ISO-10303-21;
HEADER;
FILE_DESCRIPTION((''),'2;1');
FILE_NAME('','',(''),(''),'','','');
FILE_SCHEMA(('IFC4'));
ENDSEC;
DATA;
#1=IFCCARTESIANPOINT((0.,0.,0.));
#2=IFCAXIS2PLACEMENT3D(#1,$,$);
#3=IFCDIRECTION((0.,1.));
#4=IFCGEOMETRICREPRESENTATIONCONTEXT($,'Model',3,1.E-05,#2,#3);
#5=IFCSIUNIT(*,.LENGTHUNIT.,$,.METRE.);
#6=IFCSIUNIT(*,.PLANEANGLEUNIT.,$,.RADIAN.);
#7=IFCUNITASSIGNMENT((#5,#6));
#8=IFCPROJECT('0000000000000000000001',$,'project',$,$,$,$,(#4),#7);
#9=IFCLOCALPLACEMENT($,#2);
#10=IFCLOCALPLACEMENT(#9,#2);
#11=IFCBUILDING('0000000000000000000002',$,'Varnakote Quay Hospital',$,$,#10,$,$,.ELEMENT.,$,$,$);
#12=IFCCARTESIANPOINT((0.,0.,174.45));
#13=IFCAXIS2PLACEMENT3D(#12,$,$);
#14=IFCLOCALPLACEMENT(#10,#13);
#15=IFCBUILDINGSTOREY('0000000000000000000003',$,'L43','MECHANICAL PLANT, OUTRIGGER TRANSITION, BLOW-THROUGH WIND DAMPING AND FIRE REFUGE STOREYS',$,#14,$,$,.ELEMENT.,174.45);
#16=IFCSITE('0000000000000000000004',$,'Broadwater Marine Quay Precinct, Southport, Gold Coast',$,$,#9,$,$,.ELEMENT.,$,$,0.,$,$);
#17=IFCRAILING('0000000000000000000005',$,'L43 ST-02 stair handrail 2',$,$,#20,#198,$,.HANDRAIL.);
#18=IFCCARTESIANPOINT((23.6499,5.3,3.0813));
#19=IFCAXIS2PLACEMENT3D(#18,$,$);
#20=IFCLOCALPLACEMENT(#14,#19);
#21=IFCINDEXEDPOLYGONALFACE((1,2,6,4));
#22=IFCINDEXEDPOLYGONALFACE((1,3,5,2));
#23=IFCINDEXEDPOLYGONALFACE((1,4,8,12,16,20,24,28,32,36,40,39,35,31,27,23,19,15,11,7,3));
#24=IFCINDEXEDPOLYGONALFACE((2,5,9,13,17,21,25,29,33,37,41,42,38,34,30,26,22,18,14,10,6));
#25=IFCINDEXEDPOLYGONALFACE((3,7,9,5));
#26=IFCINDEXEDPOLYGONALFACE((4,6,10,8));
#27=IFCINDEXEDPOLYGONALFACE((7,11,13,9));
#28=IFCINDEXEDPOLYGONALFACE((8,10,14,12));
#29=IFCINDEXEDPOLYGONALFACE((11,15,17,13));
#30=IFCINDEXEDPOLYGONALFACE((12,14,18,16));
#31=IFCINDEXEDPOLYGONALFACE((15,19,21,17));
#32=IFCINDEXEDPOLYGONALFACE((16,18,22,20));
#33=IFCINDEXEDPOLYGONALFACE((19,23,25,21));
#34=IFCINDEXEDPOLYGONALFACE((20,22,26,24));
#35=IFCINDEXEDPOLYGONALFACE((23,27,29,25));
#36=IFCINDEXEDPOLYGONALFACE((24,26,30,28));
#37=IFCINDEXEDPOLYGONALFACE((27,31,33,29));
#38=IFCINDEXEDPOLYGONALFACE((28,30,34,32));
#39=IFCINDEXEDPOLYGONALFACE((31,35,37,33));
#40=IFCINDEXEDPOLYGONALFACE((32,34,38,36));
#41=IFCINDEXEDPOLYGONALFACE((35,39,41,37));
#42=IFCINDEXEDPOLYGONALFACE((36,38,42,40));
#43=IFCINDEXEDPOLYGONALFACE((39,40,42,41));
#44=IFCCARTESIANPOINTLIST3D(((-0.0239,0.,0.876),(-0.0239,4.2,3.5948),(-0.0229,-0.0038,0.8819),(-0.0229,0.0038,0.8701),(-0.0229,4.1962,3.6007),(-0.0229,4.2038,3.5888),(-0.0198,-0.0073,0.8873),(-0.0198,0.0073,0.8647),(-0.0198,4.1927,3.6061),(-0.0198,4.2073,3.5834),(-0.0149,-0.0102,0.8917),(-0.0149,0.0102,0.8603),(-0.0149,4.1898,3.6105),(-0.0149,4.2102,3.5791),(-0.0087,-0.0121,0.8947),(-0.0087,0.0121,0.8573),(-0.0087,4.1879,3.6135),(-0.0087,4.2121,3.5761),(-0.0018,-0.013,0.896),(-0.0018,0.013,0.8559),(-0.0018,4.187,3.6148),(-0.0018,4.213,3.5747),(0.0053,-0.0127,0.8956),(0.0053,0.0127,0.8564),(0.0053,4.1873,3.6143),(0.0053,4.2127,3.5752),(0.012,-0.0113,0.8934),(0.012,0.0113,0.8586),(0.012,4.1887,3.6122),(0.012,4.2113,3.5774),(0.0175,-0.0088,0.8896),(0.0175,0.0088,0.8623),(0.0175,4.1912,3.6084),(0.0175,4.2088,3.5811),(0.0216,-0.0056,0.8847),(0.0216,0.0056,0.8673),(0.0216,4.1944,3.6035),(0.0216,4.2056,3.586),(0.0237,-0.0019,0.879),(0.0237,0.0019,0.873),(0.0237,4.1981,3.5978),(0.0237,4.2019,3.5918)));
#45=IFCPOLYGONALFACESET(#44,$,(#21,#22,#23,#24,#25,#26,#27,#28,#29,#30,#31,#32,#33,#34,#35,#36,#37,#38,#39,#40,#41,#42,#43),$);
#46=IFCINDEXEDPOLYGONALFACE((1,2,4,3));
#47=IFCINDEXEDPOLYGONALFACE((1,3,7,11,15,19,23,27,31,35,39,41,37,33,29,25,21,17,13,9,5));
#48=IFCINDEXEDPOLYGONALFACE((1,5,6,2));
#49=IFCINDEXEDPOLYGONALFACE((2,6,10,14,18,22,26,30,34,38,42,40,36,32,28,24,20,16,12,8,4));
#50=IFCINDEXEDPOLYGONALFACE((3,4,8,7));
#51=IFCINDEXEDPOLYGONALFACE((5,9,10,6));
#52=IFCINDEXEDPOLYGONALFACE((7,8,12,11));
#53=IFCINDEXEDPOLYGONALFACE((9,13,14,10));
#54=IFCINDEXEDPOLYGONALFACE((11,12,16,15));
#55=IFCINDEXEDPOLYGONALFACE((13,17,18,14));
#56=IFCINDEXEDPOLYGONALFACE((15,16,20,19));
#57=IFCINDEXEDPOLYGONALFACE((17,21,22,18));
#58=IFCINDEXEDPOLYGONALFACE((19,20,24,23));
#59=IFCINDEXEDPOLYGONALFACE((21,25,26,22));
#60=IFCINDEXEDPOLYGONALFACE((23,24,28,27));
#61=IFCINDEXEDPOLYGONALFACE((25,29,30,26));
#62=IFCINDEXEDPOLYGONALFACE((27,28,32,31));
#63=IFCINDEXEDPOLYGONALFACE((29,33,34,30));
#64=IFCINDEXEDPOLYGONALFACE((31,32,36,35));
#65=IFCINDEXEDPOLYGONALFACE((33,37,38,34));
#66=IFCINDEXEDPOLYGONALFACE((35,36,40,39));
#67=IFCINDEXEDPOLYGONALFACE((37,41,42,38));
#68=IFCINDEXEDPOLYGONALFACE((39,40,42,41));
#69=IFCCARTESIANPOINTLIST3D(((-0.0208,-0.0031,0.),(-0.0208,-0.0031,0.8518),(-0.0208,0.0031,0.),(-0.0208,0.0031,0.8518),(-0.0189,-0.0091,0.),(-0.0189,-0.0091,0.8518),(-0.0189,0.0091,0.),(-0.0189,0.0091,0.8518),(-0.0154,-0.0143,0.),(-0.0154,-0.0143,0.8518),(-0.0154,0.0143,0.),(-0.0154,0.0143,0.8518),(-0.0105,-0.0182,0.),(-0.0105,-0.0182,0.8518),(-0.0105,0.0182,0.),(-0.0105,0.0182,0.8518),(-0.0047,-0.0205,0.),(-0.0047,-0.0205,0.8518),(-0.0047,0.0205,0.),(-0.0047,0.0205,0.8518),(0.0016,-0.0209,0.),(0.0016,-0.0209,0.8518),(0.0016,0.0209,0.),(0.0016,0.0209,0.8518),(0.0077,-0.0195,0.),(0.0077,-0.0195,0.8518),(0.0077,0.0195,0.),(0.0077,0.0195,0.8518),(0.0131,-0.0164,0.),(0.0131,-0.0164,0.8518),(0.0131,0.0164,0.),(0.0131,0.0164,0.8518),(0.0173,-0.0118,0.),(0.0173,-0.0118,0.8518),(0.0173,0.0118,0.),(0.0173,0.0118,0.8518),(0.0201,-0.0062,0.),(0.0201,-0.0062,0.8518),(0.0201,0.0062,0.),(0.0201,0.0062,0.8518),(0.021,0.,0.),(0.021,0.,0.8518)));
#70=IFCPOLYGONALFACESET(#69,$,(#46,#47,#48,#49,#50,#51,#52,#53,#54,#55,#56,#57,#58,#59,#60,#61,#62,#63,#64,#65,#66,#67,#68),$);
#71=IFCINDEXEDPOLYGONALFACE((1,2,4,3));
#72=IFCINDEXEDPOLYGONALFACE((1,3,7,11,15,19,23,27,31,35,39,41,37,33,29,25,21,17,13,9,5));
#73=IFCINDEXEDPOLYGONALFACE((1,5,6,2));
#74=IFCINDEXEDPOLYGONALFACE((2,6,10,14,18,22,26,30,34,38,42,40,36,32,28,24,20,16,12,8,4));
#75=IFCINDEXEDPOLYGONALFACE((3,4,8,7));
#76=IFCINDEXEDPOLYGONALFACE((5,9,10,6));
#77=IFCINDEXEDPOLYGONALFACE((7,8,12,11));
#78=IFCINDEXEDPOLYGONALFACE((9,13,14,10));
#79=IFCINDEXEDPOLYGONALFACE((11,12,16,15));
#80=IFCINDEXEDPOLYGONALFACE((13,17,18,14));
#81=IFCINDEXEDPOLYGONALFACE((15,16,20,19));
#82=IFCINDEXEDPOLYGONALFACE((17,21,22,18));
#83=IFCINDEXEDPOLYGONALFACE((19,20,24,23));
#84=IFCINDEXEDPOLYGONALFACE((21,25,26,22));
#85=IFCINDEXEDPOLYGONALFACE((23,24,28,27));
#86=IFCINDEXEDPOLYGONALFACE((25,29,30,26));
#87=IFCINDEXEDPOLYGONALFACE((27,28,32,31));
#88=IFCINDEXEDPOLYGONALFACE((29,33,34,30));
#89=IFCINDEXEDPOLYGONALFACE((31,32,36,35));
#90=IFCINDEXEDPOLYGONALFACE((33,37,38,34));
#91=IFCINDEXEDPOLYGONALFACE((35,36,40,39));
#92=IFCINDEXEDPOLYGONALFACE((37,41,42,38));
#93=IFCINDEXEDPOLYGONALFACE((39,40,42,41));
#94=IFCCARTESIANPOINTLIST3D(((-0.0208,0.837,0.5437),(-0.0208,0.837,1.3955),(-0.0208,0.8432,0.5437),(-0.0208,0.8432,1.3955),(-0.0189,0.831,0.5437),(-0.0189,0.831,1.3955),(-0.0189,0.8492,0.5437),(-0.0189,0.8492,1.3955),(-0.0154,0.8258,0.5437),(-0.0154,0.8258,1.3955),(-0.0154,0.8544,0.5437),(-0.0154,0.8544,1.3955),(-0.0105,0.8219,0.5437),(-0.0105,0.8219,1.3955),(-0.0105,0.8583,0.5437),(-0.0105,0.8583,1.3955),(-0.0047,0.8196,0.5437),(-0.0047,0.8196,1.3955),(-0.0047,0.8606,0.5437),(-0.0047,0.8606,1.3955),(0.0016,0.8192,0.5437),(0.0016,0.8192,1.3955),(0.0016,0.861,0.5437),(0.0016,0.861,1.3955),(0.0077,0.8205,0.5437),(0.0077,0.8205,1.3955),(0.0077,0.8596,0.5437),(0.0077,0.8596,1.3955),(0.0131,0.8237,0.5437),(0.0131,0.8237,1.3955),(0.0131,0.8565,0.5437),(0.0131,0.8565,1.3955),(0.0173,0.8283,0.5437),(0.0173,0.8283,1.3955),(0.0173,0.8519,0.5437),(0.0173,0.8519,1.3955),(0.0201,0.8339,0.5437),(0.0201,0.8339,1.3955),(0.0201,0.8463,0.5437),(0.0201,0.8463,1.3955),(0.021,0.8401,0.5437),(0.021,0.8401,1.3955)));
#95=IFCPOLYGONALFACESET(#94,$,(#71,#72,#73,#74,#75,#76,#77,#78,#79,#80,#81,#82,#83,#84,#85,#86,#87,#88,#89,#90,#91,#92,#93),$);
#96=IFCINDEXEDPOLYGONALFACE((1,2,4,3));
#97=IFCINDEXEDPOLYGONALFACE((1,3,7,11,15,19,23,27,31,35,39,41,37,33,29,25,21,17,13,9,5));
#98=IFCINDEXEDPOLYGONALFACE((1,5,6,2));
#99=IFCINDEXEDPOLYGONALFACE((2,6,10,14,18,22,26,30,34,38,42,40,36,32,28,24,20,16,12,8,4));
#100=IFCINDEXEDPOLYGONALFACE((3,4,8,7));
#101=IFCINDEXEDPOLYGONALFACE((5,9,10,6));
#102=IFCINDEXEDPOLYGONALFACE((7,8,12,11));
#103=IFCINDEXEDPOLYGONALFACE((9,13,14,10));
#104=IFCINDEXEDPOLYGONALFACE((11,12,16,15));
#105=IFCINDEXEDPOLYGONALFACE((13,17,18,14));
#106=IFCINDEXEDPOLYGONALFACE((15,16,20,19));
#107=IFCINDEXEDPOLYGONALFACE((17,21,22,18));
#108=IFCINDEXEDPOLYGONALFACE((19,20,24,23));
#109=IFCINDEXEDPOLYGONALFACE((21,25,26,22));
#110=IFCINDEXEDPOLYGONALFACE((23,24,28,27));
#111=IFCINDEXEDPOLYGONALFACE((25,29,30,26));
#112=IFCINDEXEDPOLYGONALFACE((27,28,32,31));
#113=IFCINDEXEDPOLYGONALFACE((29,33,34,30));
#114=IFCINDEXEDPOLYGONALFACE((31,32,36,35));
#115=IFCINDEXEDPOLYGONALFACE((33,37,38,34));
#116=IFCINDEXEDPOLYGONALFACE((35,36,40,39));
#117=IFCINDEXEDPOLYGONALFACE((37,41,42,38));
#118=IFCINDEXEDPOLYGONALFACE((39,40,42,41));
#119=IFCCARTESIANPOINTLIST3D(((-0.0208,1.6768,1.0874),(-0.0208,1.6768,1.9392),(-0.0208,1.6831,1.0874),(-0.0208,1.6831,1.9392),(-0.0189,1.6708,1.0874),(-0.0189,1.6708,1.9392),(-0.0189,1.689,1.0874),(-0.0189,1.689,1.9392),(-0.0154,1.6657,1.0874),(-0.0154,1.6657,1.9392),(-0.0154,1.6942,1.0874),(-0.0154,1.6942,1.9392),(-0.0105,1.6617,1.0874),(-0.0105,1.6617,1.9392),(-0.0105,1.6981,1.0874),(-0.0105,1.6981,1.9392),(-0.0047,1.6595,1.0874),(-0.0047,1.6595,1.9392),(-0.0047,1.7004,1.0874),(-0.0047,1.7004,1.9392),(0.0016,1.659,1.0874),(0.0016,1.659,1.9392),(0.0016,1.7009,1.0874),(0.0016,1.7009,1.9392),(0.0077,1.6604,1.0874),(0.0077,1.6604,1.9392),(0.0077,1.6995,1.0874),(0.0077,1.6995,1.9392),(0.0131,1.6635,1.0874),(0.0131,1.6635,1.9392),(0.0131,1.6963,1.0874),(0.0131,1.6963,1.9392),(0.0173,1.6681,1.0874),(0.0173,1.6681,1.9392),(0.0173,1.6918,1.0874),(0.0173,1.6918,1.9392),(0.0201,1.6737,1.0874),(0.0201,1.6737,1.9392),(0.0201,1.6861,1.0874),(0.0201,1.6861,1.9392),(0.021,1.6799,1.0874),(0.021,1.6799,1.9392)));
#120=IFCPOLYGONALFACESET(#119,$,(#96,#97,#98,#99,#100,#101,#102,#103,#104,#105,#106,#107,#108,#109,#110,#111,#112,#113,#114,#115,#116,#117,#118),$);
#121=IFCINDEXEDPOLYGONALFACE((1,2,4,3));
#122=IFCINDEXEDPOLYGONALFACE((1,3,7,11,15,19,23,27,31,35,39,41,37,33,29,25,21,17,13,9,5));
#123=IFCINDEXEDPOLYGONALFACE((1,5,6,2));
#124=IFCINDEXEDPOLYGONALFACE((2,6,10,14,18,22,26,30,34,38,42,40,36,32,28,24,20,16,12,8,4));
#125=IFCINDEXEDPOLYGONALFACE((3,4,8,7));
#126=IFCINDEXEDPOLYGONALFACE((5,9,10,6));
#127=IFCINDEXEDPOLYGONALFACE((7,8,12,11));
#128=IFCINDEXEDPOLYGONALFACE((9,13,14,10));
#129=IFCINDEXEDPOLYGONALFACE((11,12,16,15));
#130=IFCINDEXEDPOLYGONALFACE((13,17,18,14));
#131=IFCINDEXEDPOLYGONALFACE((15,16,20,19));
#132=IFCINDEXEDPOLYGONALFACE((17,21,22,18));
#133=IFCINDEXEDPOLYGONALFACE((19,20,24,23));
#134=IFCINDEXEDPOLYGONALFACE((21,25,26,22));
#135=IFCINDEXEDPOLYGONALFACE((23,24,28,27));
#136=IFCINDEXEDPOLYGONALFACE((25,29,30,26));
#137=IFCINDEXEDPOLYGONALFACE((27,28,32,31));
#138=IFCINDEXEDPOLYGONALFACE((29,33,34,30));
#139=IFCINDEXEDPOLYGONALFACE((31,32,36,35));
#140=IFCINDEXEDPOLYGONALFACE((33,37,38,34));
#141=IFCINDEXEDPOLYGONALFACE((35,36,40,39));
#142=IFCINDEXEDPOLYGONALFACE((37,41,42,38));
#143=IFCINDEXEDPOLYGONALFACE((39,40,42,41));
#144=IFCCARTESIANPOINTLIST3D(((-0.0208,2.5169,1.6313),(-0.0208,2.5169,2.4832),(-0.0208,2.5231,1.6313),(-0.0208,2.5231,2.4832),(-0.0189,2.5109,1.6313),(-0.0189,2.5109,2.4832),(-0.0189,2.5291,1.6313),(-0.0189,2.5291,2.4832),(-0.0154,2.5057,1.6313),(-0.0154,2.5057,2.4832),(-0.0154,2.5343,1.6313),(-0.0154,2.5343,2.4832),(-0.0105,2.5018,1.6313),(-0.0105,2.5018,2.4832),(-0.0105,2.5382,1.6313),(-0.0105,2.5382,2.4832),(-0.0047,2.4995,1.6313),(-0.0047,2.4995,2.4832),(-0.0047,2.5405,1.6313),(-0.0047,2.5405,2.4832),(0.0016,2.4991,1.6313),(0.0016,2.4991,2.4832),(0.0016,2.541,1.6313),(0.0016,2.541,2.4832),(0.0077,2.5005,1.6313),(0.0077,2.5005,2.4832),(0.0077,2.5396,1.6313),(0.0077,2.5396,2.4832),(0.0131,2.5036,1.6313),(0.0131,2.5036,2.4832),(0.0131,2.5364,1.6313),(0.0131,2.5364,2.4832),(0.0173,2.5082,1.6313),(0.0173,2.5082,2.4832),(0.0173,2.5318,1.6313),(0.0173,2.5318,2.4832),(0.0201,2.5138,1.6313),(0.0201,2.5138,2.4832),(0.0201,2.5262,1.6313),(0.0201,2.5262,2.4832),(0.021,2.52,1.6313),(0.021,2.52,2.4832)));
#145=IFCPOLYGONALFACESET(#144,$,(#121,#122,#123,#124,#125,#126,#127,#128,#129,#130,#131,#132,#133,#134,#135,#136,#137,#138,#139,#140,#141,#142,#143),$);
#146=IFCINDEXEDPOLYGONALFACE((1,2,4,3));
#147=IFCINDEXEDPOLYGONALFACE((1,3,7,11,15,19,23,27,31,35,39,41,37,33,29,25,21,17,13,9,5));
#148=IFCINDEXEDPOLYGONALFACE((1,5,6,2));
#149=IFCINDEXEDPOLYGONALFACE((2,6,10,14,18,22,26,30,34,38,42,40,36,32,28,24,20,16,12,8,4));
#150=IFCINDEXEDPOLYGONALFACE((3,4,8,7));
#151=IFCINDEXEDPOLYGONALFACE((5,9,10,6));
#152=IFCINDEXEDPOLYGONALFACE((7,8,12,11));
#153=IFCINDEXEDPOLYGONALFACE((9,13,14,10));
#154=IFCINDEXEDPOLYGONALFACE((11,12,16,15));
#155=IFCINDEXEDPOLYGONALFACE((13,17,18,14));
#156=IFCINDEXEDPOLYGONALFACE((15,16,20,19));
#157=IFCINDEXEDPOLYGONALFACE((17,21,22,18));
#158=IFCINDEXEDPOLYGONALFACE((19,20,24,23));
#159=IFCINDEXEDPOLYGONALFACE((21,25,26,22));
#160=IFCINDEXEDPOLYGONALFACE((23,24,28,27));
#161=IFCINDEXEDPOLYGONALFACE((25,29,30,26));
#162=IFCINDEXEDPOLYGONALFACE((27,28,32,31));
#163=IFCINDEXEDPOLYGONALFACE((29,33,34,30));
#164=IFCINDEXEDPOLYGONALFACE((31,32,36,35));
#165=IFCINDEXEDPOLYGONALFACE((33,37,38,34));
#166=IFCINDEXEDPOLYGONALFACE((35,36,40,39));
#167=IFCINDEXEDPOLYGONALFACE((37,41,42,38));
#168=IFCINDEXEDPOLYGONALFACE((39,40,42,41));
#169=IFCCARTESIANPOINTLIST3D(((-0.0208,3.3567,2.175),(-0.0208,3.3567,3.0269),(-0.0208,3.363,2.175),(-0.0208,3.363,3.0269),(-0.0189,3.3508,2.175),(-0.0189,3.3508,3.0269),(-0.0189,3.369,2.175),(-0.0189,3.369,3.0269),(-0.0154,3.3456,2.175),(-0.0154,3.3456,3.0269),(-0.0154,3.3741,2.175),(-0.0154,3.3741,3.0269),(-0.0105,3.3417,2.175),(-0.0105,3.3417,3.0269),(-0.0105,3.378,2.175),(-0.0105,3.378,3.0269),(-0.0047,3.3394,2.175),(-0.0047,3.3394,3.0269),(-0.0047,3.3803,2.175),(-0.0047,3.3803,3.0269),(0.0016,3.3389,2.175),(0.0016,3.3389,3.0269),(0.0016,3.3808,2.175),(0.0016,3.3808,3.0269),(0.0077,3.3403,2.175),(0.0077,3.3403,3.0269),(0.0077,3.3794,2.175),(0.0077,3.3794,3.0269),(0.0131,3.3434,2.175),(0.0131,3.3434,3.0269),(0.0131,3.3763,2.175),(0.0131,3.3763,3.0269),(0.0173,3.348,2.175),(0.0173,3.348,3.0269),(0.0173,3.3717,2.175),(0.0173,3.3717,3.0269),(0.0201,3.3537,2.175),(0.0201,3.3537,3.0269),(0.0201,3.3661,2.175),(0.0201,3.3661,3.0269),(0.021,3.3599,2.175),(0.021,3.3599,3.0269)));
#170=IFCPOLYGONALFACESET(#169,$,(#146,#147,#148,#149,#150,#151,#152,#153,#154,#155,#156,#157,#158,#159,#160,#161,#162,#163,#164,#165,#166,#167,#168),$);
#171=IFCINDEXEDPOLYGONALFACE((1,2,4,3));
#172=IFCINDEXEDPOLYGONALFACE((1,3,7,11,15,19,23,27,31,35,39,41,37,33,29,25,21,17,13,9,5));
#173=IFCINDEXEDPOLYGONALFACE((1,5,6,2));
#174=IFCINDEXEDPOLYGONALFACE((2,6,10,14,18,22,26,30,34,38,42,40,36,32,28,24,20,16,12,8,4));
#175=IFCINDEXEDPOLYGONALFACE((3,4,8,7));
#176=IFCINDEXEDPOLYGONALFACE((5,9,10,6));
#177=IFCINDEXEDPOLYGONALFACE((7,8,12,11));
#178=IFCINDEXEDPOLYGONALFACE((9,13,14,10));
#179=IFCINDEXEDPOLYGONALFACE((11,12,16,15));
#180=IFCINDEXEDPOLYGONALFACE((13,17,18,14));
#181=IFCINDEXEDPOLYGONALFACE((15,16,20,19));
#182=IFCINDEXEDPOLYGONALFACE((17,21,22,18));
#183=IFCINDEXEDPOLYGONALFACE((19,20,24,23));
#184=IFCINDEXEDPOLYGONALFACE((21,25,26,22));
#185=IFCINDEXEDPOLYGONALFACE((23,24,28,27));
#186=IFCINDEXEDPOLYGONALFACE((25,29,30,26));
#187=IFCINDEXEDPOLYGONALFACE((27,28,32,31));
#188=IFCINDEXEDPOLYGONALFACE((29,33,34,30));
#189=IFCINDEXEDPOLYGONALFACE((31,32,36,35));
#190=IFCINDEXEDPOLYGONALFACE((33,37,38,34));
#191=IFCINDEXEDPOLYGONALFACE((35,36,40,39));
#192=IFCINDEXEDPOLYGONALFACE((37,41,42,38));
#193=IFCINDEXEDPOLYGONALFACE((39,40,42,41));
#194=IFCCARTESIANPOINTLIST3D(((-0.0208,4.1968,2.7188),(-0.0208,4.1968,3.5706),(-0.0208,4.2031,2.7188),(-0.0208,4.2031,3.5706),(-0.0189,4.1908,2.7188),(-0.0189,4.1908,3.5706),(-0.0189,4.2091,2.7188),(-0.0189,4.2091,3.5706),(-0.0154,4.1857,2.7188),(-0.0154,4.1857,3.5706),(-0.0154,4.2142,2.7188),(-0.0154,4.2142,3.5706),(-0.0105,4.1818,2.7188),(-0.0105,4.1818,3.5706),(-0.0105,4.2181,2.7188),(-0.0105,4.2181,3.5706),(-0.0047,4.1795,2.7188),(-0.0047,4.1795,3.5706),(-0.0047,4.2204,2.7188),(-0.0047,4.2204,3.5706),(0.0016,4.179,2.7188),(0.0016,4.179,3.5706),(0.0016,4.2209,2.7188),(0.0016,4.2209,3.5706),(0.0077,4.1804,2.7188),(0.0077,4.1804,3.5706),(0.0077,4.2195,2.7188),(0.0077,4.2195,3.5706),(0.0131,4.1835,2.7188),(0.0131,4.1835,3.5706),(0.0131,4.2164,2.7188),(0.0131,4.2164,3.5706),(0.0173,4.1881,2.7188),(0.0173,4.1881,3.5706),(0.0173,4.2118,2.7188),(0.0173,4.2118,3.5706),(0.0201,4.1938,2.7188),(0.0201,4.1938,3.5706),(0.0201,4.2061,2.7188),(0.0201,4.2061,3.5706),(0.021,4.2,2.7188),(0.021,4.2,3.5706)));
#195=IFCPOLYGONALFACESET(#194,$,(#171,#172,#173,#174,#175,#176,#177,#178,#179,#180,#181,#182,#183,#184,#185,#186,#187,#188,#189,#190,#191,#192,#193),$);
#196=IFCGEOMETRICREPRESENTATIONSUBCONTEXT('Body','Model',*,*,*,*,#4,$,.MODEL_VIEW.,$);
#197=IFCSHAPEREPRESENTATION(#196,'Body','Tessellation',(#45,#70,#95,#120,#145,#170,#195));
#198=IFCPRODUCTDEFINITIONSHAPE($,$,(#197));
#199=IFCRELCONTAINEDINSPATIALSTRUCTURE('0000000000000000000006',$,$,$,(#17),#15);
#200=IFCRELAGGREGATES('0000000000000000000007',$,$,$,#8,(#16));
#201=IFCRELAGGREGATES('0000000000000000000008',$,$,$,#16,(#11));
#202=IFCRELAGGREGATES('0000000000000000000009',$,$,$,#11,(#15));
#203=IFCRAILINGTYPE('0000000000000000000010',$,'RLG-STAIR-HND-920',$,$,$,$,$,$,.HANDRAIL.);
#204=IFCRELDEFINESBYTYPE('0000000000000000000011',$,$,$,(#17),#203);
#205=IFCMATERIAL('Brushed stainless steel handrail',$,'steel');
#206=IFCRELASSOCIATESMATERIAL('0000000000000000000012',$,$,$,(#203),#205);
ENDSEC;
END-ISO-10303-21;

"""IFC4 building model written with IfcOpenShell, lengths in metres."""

from ifc_helpers import new_model, si_unit, direction, frame, origin, origin_2d, place, context, subcontext, project, spatial, circle, extrude, material, type_object, element, save


model = new_model("IFC4")

# Units and contexts
model_context = context("Model", 3, precision=1e-05, world=origin(), true_north=direction((0.0, 1.0)))
body_context = subcontext(model_context, "Body", "Model", "MODEL_VIEW")
ifc_project = project(units=[si_unit("LENGTHUNIT", "METRE"), si_unit("PLANEANGLEUNIT", "RADIAN")], contexts=[model_context])

# Site, building, storey
site_placement = place(None, origin())
site = spatial("IfcSite", under=ifc_project, at=site_placement, Name="Broadwater Marine Quay Precinct, Southport, Gold Coast", CompositionType="ELEMENT", RefElevation=0.0)
building_placement = place(site_placement, origin())
building = spatial("IfcBuilding", under=site, at=building_placement, Name="Varnakote Quay Hospital", CompositionType="ELEMENT")
storey_placement = place(building_placement, frame((0.0, 0.0, 174.45)))
storey = spatial("IfcBuildingStorey", under=building, at=storey_placement, Name="L43", Description="MECHANICAL PLANT, OUTRIGGER TRANSITION, BLOW-THROUGH WIND DAMPING AND FIRE REFUGE STOREYS", CompositionType="ELEMENT", Elevation=174.45)

# Railing
ifc_material_1 = material(Name="Brushed stainless steel handrail", Category="steel")
railing_type_1 = type_object("IfcRailingType", Name="RLG-STAIR-HND-920", PredefinedType="HANDRAIL", material=ifc_material_1)
railing_1_placement = place(storey_placement, frame((23.6499, 5.3, 3.0813)))
element("IfcRailing", 1, at=railing_1_placement, inside=storey, type_object=railing_type_1, Name="L43 ST-02 stair handrail 2", PredefinedType="HANDRAIL", context=body_context, shape_type="SweptSolid", body=[
    extrude(circle(Radius=0.0239, at=origin_2d()), frame((0.0, 0.0, 0.876), z_axis=(0.0, 0.839467, 0.543411), x_axis=(-1.0, 0.0, 0.0)), (0.0, 0.0, 1.0), 5.0032),
    extrude(circle(Radius=0.021, at=origin_2d()), origin(), (0.0, 0.0, 1.0), 0.8518),
    extrude(circle(Radius=0.021, at=origin_2d()), frame((0.0, 0.8401, 0.5437)), (0.0, 0.0, 1.0), 0.8518),
    extrude(circle(Radius=0.021, at=origin_2d()), frame((0.0, 1.6799, 1.0874)), (0.0, 0.0, 1.0), 0.8518),
    extrude(circle(Radius=0.021, at=origin_2d()), frame((0.0, 2.52, 1.6313)), (0.0, 0.0, 1.0), 0.8518),
    extrude(circle(Radius=0.021, at=origin_2d()), frame((0.0, 3.3599, 2.175)), (0.0, 0.0, 1.0), 0.8518),
    extrude(circle(Radius=0.021, at=origin_2d()), frame((0.0, 4.2, 2.7188)), (0.0, 0.0, 1.0), 0.8518),
])

save(model, "model.ifc")
